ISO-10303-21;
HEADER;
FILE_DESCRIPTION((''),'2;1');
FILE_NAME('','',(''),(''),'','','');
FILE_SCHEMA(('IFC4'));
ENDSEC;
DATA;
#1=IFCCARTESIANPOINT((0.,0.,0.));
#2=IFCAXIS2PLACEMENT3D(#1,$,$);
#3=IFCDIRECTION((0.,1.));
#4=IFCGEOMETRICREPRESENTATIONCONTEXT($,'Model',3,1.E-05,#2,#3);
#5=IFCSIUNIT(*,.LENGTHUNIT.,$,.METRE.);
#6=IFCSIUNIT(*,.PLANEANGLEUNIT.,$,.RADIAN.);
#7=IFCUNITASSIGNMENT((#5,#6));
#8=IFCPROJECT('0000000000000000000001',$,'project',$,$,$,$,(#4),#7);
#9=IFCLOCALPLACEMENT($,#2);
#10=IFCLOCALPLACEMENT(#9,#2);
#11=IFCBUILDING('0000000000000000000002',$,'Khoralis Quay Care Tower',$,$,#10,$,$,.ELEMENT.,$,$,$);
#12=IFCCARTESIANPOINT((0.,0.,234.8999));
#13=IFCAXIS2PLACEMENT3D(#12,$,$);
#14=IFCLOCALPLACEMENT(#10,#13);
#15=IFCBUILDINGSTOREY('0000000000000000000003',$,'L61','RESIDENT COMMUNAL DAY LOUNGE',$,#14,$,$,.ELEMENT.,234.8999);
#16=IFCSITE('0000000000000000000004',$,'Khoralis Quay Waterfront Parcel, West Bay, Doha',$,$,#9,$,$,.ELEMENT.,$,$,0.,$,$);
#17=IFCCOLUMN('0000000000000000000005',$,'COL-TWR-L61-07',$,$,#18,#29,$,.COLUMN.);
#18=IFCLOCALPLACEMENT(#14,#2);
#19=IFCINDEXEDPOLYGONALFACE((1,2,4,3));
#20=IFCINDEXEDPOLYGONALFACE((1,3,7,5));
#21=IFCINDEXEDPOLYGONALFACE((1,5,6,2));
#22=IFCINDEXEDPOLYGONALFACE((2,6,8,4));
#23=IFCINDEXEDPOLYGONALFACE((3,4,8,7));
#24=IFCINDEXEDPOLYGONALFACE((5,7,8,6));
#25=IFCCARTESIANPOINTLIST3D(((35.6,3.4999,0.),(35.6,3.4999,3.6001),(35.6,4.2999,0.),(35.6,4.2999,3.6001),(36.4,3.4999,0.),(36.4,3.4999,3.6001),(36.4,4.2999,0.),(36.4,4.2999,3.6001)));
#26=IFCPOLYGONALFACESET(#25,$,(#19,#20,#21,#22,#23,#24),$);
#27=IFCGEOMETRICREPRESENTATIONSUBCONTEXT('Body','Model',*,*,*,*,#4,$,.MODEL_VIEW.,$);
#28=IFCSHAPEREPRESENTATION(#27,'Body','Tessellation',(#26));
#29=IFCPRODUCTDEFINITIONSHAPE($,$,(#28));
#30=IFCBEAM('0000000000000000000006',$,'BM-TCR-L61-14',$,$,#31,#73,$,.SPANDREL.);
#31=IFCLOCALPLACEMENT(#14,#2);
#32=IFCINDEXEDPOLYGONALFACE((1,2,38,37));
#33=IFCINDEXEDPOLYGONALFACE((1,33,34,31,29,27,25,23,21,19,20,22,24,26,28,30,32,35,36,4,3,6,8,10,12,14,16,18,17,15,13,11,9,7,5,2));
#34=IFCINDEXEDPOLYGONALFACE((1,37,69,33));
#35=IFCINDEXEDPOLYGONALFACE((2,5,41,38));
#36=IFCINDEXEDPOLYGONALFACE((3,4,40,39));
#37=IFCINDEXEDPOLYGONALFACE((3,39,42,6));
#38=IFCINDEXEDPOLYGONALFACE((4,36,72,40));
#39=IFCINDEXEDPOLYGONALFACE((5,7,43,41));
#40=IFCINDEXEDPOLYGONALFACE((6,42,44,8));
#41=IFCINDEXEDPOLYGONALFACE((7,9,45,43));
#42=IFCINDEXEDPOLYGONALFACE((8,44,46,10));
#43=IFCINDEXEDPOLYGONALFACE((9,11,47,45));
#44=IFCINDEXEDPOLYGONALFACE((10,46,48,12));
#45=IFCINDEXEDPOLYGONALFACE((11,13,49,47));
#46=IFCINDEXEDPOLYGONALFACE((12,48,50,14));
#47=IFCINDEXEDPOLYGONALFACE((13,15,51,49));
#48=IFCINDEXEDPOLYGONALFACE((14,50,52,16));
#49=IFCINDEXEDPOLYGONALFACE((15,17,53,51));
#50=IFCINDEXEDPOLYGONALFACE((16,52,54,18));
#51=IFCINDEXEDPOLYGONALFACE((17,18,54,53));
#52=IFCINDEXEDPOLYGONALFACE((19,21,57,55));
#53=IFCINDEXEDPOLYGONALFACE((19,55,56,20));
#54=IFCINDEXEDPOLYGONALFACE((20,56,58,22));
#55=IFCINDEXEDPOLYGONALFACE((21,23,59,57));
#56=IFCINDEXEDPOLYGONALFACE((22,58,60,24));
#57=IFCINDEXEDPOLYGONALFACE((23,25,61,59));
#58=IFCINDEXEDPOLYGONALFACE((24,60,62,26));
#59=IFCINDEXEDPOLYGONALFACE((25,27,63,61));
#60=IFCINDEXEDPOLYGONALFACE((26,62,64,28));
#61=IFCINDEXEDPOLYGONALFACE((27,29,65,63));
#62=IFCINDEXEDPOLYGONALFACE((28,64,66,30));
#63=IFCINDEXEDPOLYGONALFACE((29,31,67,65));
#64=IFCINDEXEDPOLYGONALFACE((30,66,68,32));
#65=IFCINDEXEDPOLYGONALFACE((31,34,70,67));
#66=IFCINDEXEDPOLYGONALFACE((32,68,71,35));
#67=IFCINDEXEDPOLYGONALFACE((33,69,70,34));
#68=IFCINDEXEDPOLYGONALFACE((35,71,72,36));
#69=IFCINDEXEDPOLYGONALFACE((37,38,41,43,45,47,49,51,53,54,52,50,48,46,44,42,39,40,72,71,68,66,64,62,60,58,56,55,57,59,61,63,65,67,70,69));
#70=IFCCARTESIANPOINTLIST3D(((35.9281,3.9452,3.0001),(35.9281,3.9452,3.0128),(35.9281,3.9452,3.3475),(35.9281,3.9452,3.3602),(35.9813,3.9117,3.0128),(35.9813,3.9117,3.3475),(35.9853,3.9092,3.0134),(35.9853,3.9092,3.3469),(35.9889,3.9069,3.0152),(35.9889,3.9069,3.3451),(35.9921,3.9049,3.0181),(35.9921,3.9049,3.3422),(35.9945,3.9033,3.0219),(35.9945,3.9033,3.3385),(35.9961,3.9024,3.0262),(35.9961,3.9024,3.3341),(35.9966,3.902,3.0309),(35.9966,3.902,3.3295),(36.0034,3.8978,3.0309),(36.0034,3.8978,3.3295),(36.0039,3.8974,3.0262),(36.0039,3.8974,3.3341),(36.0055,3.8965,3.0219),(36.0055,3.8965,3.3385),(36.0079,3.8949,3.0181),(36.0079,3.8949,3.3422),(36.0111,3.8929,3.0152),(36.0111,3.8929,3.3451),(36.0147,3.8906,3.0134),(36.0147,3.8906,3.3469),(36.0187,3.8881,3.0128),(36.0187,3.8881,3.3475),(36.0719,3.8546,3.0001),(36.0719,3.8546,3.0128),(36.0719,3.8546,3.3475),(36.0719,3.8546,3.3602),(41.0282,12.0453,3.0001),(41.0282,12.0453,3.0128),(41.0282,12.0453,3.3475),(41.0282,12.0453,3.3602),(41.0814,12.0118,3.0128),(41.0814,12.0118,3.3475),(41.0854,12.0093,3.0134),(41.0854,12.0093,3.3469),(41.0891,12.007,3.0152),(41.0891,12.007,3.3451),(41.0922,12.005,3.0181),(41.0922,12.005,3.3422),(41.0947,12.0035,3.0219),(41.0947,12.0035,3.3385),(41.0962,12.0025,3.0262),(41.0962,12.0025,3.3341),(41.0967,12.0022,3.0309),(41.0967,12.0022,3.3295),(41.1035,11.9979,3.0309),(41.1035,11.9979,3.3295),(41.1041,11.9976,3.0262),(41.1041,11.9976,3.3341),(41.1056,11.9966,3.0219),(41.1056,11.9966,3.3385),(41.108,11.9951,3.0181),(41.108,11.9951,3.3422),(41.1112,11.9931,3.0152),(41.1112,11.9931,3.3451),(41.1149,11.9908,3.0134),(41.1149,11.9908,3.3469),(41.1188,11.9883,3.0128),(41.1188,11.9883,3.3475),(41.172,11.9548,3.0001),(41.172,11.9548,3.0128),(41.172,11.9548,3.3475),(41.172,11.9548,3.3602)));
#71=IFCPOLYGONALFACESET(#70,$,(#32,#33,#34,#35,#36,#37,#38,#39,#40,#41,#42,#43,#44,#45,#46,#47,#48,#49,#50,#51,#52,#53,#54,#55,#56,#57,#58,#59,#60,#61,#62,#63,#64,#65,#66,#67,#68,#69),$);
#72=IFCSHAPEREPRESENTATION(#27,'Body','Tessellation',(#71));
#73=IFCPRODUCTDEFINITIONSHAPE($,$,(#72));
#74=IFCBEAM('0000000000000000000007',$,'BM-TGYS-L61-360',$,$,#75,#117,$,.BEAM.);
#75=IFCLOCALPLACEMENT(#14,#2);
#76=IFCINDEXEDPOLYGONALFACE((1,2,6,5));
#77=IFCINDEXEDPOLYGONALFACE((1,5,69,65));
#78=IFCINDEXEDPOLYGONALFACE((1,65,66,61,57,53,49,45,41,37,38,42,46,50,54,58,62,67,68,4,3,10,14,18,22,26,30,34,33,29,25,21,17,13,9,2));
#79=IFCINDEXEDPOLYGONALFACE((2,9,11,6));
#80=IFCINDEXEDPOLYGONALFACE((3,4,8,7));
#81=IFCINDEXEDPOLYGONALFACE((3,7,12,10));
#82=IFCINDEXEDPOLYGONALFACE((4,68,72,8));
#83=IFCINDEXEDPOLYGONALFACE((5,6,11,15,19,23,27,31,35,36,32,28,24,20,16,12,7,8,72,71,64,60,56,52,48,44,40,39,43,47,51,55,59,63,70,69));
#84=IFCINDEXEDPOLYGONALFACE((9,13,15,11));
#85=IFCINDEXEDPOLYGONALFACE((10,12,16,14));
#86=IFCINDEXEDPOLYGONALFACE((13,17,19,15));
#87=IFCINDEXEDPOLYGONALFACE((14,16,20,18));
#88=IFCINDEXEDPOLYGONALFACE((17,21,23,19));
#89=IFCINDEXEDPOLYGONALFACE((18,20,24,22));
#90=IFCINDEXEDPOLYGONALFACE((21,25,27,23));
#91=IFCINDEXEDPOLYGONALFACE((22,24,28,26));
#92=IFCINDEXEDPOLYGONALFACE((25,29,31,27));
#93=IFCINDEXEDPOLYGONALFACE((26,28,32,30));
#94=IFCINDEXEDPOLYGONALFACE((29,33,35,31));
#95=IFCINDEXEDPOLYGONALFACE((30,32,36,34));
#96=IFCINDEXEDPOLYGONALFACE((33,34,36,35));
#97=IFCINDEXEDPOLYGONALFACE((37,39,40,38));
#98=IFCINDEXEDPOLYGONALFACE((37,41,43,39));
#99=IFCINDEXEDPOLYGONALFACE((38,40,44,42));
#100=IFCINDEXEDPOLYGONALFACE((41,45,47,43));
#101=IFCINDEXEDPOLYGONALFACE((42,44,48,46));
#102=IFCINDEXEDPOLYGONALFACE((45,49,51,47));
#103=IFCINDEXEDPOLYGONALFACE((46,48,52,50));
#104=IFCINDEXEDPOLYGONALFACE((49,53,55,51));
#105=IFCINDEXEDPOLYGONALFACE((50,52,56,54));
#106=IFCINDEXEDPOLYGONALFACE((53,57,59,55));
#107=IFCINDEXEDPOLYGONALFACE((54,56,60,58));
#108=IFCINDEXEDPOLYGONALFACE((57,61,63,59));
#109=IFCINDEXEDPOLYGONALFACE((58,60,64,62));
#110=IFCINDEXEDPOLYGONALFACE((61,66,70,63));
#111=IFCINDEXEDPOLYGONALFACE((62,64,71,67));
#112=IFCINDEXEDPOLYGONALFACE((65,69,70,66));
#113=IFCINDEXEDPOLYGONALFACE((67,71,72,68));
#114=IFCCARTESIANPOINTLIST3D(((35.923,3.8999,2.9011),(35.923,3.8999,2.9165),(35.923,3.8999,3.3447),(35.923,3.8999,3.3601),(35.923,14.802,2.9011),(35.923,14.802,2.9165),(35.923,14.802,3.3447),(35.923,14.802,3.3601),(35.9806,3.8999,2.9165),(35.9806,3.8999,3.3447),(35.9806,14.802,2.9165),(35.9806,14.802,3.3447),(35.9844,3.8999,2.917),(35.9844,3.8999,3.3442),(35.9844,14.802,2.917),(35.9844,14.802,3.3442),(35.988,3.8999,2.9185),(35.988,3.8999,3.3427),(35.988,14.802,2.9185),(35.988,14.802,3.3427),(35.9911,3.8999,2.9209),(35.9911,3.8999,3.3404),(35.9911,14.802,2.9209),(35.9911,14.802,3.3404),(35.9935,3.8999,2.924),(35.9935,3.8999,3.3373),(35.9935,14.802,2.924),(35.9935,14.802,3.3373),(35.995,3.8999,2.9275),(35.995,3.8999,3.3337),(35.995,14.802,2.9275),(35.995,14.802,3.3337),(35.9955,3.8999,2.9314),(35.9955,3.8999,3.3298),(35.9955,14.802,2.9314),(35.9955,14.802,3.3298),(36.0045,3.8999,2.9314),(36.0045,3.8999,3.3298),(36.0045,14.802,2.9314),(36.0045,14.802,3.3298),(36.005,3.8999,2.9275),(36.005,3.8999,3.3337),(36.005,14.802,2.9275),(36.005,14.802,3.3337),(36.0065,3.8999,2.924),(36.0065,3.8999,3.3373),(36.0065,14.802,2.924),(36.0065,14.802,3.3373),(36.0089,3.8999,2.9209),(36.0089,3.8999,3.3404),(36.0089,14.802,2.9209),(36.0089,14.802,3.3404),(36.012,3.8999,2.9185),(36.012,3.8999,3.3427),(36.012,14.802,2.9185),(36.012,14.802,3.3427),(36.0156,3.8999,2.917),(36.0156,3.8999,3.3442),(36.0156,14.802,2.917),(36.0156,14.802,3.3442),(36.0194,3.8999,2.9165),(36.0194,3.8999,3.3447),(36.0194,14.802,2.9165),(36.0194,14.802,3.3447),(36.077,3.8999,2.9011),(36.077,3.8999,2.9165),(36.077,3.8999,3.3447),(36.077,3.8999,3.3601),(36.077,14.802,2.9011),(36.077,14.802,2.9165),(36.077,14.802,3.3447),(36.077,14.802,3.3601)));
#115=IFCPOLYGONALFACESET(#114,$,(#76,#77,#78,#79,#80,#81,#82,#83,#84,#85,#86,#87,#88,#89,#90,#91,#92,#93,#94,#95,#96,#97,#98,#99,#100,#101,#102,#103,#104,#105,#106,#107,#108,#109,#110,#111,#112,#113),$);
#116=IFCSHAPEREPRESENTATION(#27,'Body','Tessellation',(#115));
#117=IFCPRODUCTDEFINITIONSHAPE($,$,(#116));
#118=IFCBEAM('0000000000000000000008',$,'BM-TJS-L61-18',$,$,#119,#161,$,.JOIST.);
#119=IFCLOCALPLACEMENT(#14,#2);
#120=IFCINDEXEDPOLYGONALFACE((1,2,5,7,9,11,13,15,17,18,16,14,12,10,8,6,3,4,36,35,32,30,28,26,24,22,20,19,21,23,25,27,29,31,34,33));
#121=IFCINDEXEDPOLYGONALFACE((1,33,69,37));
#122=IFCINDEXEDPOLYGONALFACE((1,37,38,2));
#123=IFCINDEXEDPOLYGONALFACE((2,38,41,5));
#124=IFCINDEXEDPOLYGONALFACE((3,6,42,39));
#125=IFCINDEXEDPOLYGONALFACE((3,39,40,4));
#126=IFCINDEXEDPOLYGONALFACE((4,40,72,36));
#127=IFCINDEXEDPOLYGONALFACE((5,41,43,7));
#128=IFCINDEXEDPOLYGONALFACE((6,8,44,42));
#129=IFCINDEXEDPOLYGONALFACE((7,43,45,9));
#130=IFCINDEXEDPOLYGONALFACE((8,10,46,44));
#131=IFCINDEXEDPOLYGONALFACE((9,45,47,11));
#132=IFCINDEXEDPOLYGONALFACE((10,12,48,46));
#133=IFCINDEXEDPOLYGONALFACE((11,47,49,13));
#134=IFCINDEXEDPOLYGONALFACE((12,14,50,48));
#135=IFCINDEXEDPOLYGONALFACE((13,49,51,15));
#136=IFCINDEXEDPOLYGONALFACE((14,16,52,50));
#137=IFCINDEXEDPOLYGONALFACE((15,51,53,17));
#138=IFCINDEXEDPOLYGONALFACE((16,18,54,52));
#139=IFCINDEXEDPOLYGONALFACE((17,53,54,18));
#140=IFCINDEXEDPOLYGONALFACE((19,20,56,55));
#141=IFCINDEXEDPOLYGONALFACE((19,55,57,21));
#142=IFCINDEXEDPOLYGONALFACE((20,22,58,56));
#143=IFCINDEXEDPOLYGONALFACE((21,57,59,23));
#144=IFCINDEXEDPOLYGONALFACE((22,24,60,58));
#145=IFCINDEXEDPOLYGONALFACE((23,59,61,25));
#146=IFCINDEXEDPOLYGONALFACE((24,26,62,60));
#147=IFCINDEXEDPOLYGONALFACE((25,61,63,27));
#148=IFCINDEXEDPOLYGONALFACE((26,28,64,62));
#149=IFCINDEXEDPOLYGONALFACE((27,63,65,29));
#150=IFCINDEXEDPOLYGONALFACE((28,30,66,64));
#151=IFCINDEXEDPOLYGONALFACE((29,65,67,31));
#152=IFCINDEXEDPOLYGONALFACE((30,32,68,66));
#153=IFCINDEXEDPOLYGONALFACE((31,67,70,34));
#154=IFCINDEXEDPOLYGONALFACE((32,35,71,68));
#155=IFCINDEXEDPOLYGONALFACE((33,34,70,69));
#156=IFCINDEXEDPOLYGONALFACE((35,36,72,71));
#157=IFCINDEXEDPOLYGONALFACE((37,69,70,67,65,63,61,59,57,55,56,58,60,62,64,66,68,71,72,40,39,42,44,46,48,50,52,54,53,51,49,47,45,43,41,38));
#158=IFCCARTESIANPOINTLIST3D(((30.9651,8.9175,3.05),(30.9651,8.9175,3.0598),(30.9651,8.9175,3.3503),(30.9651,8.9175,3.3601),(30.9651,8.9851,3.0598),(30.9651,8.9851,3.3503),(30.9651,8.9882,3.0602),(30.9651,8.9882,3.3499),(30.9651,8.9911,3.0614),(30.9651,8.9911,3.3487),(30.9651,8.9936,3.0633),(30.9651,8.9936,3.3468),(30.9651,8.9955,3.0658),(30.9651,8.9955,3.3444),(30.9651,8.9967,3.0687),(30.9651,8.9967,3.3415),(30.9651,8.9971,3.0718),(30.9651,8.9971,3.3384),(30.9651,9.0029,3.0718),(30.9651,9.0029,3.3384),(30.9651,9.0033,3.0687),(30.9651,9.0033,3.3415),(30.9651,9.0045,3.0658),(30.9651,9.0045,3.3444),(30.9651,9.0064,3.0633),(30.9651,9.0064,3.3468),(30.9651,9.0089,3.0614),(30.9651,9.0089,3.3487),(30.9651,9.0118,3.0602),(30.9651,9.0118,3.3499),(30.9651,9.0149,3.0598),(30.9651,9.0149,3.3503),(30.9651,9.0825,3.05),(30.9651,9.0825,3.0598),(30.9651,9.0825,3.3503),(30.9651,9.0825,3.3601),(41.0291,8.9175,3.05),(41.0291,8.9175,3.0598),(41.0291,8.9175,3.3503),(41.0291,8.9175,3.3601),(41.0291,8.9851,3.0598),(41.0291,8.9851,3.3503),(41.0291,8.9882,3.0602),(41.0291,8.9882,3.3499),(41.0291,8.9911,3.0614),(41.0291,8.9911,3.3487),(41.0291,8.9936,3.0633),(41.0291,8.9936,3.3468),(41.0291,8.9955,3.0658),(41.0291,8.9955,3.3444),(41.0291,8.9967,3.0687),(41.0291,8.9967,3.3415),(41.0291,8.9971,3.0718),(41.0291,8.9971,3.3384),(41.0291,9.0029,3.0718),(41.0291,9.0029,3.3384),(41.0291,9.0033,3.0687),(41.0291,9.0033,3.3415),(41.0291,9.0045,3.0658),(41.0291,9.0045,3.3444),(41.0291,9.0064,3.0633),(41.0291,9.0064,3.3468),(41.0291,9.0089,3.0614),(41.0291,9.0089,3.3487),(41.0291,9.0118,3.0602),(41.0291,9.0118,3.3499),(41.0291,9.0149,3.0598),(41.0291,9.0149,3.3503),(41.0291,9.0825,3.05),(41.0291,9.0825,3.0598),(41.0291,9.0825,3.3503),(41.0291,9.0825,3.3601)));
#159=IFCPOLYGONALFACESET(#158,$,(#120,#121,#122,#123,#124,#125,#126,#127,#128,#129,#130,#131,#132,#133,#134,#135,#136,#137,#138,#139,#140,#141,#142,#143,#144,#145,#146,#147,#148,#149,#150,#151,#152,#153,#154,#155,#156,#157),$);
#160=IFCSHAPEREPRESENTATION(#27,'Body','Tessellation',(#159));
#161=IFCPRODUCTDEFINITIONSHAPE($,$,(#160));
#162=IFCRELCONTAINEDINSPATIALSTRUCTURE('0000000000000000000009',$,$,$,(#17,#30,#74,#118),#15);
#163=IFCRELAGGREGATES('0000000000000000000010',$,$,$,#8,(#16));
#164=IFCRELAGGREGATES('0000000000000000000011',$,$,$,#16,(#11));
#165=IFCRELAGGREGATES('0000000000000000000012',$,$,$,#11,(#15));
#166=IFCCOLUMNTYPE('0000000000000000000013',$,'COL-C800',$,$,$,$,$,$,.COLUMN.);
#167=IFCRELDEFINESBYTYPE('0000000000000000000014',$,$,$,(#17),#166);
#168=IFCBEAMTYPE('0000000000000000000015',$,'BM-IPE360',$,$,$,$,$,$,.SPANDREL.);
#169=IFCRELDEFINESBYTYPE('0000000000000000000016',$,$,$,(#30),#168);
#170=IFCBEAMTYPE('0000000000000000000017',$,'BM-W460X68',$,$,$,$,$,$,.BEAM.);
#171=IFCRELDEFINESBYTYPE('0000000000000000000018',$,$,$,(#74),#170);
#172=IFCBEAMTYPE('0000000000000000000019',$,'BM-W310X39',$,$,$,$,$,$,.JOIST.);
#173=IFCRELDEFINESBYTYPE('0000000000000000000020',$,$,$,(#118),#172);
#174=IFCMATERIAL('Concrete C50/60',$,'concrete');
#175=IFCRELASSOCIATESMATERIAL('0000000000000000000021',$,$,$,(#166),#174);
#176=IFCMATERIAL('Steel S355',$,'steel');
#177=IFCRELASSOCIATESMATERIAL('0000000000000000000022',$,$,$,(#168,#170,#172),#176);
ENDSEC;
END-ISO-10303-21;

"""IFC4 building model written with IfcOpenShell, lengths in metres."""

from ifc_helpers import new_model, si_unit, direction, frame, origin, origin_2d, place, context, subcontext, project, spatial, rectangle, i_section, extrude, source, transform, mapped, material, material_profile, profile_set, type_object, element, save


model = new_model("IFC4")

# Units and contexts
model_context = context("Model", 3, precision=1e-05, world=origin(), true_north=direction((0.0, 1.0)))
body_context = subcontext(model_context, "Body", "Model", "MODEL_VIEW")
ifc_project = project(units=[si_unit("LENGTHUNIT", "METRE"), si_unit("PLANEANGLEUNIT", "RADIAN")], contexts=[model_context])

# Site, building, storey
site_placement = place(None, origin())
site = spatial("IfcSite", under=ifc_project, at=site_placement, Name="Khoralis Quay Waterfront Parcel, West Bay, Doha", CompositionType="ELEMENT", RefElevation=0.0)
building_placement = place(site_placement, origin())
building = spatial("IfcBuilding", under=site, at=building_placement, Name="Khoralis Quay Care Tower", CompositionType="ELEMENT")
storey_placement = place(building_placement, frame((0.0, 0.0, 234.8999)))
storey = spatial("IfcBuildingStorey", under=building, at=storey_placement, Name="L61", Description="RESIDENT COMMUNAL DAY LOUNGE", CompositionType="ELEMENT", Elevation=234.8999)

# Column
ifc_material_1 = material(Name="Concrete C50/60", Category="concrete")
ifc_material_profile_1 = material_profile(ifc_material_1, rectangle(XDim=0.8, YDim=0.8, at=origin_2d()), Name="Concrete C50/60")
ifc_profile_set_1 = profile_set([ifc_material_profile_1], Name="Concrete C50/60")
column_type = type_object("IfcColumnType", Name="COL-C800", PredefinedType="COLUMN", material=ifc_profile_set_1)
shared_shape_1 = source(origin(), body_context, "Body", "SweptSolid", [
    extrude(rectangle(XDim=0.8, YDim=0.8, at=origin_2d()), origin(), (0.0, 0.0, 1.0), 3.6001),
])
column_placement = place(storey_placement, frame((36.0, 3.8999, 0.0), z_axis=(0.0, 0.0, 1.0), x_axis=(1.0, 0.0, 0.0)))
element("IfcColumn", 1, at=column_placement, inside=storey, type_object=column_type, Name="COL-TWR-L61-07", PredefinedType="COLUMN", context=body_context, shape_type="MappedRepresentation", body=[
    mapped(shared_shape_1, transform((0.0, 0.0, 0.0), scale=1.0)),
])

# Beams
ifc_material_2 = material(Name="Steel S355", Category="steel")
ifc_material_profile_2 = material_profile(ifc_material_2, i_section(OverallWidth=0.1699, OverallDepth=0.3601, WebThickness=0.0081, FlangeThickness=0.0127, FilletRadius=0.0181, at=origin_2d()), Name="Steel S355")
ifc_profile_set_2 = profile_set([ifc_material_profile_2], Name="Steel S355")
beam_type_1 = type_object("IfcBeamType", Name="BM-IPE360", PredefinedType="SPANDREL", material=ifc_profile_set_2)
shared_shape_2 = source(origin(), body_context, "Body", "SweptSolid", [
    extrude(i_section(OverallWidth=0.1699, OverallDepth=0.3601, WebThickness=0.0081, FlangeThickness=0.0127, FilletRadius=0.0181, at=origin_2d()), origin(), (0.0, 0.0, 1.0), 9.572),
])
beam_1_placement = place(storey_placement, frame((36.0, 3.8999, 3.1802), z_axis=(0.532816, 0.846231, 0.0), x_axis=(-0.846231, 0.532816, 0.0)))
element("IfcBeam", 2, at=beam_1_placement, inside=storey, type_object=beam_type_1, Name="BM-TCR-L61-14", PredefinedType="SPANDREL", context=body_context, shape_type="MappedRepresentation", body=[
    mapped(shared_shape_2, transform((0.0, 0.0, 0.0), scale=1.0)),
])
ifc_material_profile_3 = material_profile(ifc_material_2, i_section(OverallWidth=0.1541, OverallDepth=0.459, WebThickness=0.009, FlangeThickness=0.0154, FilletRadius=0.0149, at=origin_2d()), Name="Steel S355")
ifc_profile_set_3 = profile_set([ifc_material_profile_3], Name="Steel S355")
beam_type_2 = type_object("IfcBeamType", Name="BM-W460X68", PredefinedType="BEAM", material=ifc_profile_set_3)
shared_shape_3 = source(origin(), body_context, "Body", "SweptSolid", [
    extrude(i_section(OverallWidth=0.1541, OverallDepth=0.459, WebThickness=0.009, FlangeThickness=0.0154, FilletRadius=0.0149, at=origin_2d()), origin(), (0.0, 0.0, 1.0), 10.9021),
])
beam_2_placement = place(storey_placement, frame((36.0, 3.8999, 3.1306), z_axis=(0.0, 1.0, 0.0), x_axis=(-1.0, 0.0, 0.0)))
element("IfcBeam", 3, at=beam_2_placement, inside=storey, type_object=beam_type_2, Name="BM-TGYS-L61-360", PredefinedType="BEAM", context=body_context, shape_type="MappedRepresentation", body=[
    mapped(shared_shape_3, transform((0.0, 0.0, 0.0), scale=1.0)),
])
ifc_material_profile_4 = material_profile(ifc_material_2, i_section(OverallWidth=0.165, OverallDepth=0.3101, WebThickness=0.0059, FlangeThickness=0.0098, FilletRadius=0.012, at=origin_2d()), Name="Steel S355")
ifc_profile_set_4 = profile_set([ifc_material_profile_4], Name="Steel S355")
beam_type_3 = type_object("IfcBeamType", Name="BM-W310X39", PredefinedType="JOIST", material=ifc_profile_set_4)
shared_shape_4 = source(origin(), body_context, "Body", "SweptSolid", [
    extrude(i_section(OverallWidth=0.165, OverallDepth=0.3101, WebThickness=0.0059, FlangeThickness=0.0098, FilletRadius=0.012, at=origin_2d()), origin(), (0.0, 0.0, 1.0), 10.064),
])
beam_3_placement = place(storey_placement, frame((30.9651, 9.0, 3.2051), z_axis=(1.0, 0.0, 0.0), x_axis=(0.0, 1.0, 0.0)))
element("IfcBeam", 4, at=beam_3_placement, inside=storey, type_object=beam_type_3, Name="BM-TJS-L61-18", PredefinedType="JOIST", context=body_context, shape_type="MappedRepresentation", body=[
    mapped(shared_shape_4, transform((0.0, 0.0, 0.0), scale=1.0)),
])

save(model, "model.ifc")
